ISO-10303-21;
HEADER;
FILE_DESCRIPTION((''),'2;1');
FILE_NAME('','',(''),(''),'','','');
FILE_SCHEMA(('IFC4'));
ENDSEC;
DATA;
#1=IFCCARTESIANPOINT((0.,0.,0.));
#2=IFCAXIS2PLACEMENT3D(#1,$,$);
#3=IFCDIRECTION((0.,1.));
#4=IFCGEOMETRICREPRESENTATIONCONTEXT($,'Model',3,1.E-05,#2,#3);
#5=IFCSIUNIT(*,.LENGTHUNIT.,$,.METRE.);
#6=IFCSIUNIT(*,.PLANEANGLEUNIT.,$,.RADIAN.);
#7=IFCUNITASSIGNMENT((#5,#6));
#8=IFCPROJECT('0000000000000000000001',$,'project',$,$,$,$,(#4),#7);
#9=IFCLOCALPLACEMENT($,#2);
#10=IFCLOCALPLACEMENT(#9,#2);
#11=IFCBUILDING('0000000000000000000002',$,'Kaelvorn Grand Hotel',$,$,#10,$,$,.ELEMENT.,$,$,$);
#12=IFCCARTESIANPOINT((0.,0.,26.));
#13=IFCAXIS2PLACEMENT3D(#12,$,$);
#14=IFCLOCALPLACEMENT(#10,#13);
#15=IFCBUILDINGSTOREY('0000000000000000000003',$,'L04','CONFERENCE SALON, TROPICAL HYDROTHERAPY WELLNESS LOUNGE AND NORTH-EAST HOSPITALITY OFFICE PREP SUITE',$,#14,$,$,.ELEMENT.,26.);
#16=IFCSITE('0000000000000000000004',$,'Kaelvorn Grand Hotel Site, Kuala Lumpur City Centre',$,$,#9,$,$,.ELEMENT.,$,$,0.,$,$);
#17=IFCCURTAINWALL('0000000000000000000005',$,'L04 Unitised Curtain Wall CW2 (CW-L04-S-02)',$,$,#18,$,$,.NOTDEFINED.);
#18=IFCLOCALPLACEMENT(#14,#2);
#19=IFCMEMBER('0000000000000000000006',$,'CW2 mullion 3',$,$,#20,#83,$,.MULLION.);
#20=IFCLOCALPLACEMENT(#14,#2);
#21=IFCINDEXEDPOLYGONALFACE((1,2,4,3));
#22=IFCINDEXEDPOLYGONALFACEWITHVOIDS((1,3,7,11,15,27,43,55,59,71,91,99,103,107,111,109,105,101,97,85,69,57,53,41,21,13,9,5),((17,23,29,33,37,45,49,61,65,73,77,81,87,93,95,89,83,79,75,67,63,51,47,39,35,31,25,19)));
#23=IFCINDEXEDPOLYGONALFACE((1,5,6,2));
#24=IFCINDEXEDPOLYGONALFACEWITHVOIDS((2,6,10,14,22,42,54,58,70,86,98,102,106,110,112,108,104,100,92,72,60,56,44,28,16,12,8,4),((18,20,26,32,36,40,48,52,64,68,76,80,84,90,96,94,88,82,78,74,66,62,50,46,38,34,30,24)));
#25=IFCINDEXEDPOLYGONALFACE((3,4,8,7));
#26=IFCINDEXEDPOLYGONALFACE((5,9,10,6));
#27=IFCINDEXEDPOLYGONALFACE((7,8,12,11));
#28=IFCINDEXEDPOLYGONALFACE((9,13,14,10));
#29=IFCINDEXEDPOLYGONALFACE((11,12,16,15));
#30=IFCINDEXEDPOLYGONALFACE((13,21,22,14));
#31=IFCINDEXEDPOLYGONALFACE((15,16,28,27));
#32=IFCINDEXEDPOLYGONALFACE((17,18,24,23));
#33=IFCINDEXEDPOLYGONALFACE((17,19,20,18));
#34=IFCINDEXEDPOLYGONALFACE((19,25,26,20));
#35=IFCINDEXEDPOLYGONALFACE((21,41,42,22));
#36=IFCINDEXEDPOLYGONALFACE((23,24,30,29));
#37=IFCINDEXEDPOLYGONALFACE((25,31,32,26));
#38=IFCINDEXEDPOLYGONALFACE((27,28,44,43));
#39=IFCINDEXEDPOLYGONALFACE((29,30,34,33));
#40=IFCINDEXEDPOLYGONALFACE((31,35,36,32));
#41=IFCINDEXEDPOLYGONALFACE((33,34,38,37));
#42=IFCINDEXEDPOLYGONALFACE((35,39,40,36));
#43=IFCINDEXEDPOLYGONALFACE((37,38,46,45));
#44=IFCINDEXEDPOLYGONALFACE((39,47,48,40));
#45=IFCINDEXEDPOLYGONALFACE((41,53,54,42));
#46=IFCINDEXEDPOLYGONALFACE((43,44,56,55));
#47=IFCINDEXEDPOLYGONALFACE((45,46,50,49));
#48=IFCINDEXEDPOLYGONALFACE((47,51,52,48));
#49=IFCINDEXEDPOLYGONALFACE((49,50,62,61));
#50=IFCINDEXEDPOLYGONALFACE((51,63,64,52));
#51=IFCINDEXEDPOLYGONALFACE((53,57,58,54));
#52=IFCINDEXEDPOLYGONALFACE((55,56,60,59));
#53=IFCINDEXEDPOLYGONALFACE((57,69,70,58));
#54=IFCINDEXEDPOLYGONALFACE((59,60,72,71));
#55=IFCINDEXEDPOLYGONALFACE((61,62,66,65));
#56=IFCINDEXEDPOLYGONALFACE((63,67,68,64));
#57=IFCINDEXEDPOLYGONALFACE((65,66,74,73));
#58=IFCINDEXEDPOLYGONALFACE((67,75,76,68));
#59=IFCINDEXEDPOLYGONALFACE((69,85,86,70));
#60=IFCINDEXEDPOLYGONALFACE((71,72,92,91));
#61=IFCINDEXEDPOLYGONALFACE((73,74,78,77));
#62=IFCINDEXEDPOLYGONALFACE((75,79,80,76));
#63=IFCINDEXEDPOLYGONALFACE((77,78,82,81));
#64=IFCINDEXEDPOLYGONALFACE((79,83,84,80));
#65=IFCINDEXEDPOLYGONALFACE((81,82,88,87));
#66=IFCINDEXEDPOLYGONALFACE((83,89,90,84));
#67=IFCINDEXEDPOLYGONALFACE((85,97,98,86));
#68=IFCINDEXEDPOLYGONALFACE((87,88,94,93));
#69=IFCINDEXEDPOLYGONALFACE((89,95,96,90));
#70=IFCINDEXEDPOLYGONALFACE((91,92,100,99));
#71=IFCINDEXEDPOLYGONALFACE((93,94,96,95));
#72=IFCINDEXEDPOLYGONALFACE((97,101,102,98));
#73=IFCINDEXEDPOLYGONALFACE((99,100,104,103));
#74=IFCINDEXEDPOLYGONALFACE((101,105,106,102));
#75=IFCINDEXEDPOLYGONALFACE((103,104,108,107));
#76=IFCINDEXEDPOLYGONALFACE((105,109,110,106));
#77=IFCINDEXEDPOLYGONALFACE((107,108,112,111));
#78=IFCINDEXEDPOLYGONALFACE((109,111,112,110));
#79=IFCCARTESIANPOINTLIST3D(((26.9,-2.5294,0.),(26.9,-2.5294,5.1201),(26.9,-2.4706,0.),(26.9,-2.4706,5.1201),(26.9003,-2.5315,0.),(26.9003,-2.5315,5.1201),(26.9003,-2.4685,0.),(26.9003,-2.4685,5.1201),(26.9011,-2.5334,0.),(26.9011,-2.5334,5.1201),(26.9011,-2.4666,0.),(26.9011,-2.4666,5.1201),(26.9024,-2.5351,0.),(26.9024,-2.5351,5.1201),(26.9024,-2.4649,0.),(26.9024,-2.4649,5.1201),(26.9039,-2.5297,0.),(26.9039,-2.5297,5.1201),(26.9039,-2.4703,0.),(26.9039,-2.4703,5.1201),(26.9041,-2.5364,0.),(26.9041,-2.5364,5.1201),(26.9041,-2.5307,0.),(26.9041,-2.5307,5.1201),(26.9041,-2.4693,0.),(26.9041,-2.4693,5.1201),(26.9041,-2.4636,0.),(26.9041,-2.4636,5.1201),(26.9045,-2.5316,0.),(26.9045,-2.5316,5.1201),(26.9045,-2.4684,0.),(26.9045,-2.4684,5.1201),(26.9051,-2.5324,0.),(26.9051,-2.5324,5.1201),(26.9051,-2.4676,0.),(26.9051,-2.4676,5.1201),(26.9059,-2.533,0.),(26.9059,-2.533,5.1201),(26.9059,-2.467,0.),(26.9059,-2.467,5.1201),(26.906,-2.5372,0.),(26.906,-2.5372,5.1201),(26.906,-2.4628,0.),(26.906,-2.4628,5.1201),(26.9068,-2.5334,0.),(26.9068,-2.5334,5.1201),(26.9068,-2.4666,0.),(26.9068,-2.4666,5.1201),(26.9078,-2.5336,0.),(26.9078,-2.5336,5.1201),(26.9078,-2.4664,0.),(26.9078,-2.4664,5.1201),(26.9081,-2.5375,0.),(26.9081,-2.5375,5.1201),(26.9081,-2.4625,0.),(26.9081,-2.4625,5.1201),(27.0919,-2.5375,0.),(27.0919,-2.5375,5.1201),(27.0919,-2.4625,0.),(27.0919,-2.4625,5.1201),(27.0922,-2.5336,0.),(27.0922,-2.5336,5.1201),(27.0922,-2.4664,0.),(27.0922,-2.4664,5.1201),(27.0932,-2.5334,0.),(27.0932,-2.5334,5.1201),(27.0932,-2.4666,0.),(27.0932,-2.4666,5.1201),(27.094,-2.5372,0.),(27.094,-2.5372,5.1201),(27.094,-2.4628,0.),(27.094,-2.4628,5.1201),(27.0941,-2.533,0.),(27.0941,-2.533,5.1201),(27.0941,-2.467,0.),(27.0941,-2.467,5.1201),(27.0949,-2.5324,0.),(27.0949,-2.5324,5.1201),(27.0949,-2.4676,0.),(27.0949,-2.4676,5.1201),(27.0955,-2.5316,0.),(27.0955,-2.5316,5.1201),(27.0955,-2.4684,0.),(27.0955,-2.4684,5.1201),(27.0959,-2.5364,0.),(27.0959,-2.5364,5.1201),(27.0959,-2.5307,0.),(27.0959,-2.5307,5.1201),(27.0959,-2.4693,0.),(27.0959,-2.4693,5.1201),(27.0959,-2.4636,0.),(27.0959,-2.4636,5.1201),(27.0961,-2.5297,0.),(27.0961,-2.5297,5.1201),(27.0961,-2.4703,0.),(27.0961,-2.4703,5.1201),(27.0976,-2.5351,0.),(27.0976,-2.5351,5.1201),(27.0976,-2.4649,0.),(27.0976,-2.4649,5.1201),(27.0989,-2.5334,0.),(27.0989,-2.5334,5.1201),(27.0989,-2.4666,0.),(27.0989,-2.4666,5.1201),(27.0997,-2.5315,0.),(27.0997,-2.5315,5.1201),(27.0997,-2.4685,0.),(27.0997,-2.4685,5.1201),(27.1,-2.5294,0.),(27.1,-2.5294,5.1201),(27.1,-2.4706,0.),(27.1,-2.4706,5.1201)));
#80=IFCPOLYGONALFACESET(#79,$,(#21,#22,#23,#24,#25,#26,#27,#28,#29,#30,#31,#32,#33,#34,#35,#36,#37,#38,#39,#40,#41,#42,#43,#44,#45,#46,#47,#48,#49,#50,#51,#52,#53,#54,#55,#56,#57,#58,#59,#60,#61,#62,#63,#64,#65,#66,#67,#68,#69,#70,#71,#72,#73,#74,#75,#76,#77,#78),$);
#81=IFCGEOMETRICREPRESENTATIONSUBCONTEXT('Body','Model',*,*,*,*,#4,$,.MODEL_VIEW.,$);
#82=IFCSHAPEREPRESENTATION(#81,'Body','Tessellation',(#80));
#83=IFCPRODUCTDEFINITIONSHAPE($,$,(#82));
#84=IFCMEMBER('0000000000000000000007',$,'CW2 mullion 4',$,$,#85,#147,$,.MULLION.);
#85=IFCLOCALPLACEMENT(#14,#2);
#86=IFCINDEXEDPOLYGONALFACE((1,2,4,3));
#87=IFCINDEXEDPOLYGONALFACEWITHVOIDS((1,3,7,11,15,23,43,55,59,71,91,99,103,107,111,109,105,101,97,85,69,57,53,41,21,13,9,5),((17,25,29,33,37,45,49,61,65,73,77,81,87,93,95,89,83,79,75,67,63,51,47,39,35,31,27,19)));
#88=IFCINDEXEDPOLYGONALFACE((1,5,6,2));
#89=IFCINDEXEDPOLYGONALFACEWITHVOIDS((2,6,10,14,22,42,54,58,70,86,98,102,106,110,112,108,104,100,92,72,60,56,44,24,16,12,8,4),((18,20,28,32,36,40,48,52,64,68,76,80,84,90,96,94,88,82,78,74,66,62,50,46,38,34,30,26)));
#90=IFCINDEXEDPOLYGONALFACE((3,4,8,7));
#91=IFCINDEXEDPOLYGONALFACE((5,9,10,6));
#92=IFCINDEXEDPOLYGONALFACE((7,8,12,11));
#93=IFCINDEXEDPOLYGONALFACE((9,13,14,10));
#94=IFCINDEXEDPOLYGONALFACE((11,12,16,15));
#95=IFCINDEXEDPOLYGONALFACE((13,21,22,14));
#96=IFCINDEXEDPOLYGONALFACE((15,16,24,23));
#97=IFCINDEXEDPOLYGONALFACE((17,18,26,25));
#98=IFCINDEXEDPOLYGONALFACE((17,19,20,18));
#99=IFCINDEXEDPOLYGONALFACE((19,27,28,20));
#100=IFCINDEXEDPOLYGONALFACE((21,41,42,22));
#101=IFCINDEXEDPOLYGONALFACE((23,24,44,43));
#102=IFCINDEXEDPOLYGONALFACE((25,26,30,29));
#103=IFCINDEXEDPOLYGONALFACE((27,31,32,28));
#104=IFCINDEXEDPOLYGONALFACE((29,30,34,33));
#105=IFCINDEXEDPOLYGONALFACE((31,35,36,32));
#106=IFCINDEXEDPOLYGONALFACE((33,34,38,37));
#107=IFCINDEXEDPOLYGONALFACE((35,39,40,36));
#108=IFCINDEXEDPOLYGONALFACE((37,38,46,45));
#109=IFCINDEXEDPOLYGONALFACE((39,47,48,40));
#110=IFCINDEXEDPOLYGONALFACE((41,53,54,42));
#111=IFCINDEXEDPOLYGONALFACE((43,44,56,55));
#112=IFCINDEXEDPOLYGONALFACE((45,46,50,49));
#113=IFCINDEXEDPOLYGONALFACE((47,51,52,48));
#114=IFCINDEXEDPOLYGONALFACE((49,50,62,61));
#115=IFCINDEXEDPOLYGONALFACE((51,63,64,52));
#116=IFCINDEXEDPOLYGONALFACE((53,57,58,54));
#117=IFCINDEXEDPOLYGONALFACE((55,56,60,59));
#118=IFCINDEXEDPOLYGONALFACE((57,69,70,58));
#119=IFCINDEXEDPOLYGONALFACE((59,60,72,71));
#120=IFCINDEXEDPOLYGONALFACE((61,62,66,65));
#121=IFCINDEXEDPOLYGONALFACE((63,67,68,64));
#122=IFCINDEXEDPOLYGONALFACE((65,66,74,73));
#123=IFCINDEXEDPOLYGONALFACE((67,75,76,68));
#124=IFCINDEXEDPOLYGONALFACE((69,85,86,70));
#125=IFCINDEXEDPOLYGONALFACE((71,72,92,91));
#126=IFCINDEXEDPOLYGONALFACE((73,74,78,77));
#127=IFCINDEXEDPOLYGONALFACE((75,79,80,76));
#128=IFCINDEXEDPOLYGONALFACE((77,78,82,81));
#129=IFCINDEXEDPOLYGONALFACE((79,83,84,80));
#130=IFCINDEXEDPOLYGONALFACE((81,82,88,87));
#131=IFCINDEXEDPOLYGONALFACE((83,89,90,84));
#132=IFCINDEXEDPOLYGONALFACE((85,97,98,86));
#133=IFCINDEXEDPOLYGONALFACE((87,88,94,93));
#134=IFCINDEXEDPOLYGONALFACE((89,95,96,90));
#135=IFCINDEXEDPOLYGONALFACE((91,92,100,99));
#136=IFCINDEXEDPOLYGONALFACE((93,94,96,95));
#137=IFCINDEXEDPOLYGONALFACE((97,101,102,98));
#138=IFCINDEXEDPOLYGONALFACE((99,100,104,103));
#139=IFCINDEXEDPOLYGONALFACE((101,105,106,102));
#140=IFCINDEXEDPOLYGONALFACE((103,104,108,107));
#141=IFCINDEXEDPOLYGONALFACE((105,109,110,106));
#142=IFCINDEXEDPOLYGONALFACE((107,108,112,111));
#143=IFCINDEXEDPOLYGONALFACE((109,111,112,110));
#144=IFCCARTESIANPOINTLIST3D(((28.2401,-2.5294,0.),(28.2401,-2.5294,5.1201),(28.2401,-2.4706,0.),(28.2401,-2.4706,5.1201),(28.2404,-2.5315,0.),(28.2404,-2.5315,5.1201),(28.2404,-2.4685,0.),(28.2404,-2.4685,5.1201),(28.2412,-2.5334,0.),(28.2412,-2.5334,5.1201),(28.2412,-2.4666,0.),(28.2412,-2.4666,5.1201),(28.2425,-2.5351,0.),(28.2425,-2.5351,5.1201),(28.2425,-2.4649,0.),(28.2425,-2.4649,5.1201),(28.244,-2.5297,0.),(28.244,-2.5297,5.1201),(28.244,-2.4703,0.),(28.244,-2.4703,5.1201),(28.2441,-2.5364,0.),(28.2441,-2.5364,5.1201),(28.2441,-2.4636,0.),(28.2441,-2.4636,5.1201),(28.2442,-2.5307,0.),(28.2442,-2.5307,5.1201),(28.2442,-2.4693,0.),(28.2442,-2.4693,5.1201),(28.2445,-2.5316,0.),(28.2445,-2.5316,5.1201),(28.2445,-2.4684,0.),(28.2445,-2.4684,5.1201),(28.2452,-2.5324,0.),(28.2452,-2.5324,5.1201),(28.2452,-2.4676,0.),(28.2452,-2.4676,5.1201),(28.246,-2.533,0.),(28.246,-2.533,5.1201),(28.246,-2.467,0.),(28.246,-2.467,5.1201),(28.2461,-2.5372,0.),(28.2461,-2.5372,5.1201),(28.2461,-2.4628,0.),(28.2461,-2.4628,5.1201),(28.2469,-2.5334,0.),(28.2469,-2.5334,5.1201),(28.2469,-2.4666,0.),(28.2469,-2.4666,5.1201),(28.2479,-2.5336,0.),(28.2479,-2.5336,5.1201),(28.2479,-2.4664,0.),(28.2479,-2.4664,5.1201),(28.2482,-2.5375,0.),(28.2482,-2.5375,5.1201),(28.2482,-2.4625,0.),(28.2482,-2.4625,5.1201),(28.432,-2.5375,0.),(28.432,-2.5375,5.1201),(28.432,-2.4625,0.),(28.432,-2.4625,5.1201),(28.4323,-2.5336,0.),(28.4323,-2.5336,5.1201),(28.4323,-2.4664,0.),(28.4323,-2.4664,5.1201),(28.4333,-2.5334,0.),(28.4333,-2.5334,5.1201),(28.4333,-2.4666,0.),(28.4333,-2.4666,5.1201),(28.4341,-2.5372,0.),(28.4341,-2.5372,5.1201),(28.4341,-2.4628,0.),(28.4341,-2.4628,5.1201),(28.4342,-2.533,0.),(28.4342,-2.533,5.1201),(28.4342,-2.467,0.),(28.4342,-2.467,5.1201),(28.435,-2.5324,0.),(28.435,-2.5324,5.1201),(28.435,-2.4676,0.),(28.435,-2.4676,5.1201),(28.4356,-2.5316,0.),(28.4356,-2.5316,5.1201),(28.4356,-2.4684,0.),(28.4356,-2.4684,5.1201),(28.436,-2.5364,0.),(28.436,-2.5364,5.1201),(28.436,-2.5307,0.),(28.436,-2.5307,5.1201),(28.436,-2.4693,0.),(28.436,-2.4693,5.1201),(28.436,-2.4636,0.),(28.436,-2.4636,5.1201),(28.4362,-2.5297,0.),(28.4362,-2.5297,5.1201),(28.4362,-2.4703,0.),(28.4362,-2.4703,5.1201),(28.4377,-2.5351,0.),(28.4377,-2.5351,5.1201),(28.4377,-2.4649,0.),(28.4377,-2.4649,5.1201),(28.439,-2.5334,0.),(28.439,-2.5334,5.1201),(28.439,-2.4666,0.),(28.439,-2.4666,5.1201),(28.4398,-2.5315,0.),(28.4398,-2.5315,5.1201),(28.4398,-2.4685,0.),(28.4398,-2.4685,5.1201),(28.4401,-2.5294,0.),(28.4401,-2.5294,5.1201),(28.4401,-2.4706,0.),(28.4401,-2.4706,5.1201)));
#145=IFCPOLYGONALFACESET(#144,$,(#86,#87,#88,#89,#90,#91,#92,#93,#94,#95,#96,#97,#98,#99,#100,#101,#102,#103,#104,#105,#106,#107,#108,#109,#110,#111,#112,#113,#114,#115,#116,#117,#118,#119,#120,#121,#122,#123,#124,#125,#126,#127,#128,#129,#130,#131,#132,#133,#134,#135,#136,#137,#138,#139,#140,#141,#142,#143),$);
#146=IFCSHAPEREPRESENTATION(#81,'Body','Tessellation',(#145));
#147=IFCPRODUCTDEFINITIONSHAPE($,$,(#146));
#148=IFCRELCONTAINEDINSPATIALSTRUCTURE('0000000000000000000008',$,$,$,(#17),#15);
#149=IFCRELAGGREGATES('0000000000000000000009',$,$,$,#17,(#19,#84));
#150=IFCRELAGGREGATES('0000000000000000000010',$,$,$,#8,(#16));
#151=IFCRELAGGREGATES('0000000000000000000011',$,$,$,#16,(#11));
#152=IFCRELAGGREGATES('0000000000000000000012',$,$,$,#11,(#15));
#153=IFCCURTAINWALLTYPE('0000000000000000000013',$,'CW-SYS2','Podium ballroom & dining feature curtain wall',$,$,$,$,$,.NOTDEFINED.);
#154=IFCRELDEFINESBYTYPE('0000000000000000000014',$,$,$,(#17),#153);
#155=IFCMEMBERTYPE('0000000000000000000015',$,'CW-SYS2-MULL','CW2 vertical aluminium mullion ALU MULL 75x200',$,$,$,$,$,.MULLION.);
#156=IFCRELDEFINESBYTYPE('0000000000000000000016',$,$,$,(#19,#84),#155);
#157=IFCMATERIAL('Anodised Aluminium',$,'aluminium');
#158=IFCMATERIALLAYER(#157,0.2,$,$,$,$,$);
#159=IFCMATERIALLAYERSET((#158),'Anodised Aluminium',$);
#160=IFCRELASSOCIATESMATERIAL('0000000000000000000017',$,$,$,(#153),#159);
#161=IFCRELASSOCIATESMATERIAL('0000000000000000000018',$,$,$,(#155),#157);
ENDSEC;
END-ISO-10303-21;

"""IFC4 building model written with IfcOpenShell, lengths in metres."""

from ifc_helpers import new_model, si_unit, direction, frame, origin, origin_2d, place, context, subcontext, project, spatial, hollow_rectangle, extrude, material, layer, layer_set, material_profile, profile_set, type_object, element, aggregate, save


model = new_model("IFC4")

# Units and contexts
model_context = context("Model", 3, precision=1e-05, world=origin(), true_north=direction((0.0, 1.0)))
body_context = subcontext(model_context, "Body", "Model", "MODEL_VIEW")
ifc_project = project(units=[si_unit("LENGTHUNIT", "METRE"), si_unit("PLANEANGLEUNIT", "RADIAN")], contexts=[model_context])

# Site, building, storey
site_placement = place(None, origin())
site = spatial("IfcSite", under=ifc_project, at=site_placement, Name="Kaelvorn Grand Hotel Site, Kuala Lumpur City Centre", CompositionType="ELEMENT", RefElevation=0.0)
building_placement = place(site_placement, origin())
building = spatial("IfcBuilding", under=site, at=building_placement, Name="Kaelvorn Grand Hotel", CompositionType="ELEMENT")
storey_placement = place(building_placement, frame((0.0, 0.0, 26.0)))
storey = spatial("IfcBuildingStorey", under=building, at=storey_placement, Name="L04", Description="CONFERENCE SALON, TROPICAL HYDROTHERAPY WELLNESS LOUNGE AND NORTH-EAST HOSPITALITY OFFICE PREP SUITE", CompositionType="ELEMENT", Elevation=26.0)

# Curtain wall, members
ifc_material_1 = material(Name="Anodised Aluminium", Category="aluminium")
ifc_layer_1 = layer(ifc_material_1, 0.2)
ifc_layer_set_1 = layer_set([ifc_layer_1], Name="Anodised Aluminium")
curtain_wall_type = type_object("IfcCurtainWallType", Name="CW-SYS2", Description="Podium ballroom & dining feature curtain wall", PredefinedType="NOTDEFINED", material=ifc_layer_set_1)
curtain_wall_1_placement = place(storey_placement, origin())
curtain_wall_1 = element("IfcCurtainWall", 1, at=curtain_wall_1_placement, inside=storey, type_object=curtain_wall_type, Name="L04 Unitised Curtain Wall CW2 (CW-L04-S-02)", PredefinedType="NOTDEFINED")
ifc_material_profile_1 = material_profile(ifc_material_1, hollow_rectangle(XDim=0.075, YDim=0.2, WallThickness=0.0039, InnerFilletRadius=0.0039, OuterFilletRadius=0.0081, at=origin_2d()), Name="ALU MULL 75x200")
ifc_profile_set_1 = profile_set([ifc_material_profile_1], Name="Anodised Aluminium")
member_type_1 = type_object("IfcMemberType", Name="CW-SYS2-MULL", Description="CW2 vertical aluminium mullion ALU MULL 75x200", PredefinedType="MULLION", material=ifc_profile_set_1)
member_1_placement = place(storey_placement, frame((27.0, -2.5, 0.0), z_axis=(0.0, 0.0, 1.0), x_axis=(0.0, 1.0, 0.0)))
member_1 = element("IfcMember", 2, at=member_1_placement, type_object=member_type_1, Name="CW2 mullion 3", PredefinedType="MULLION", context=body_context, shape_type="SweptSolid", body=[
    extrude(hollow_rectangle(XDim=0.075, YDim=0.2, WallThickness=0.0039, InnerFilletRadius=0.0039, OuterFilletRadius=0.0081, at=origin_2d()), origin(), (0.0, 0.0, 1.0), 5.1201),
])
member_2_placement = place(storey_placement, frame((28.3401, -2.5, 0.0), z_axis=(0.0, 0.0, 1.0), x_axis=(0.0, 1.0, 0.0)))
member_2 = element("IfcMember", 3, at=member_2_placement, type_object=member_type_1, Name="CW2 mullion 4", PredefinedType="MULLION", context=body_context, shape_type="SweptSolid", body=[
    extrude(hollow_rectangle(XDim=0.075, YDim=0.2, WallThickness=0.0039, InnerFilletRadius=0.0039, OuterFilletRadius=0.0081, at=origin_2d()), origin(), (0.0, 0.0, 1.0), 5.1201),
])

aggregate(curtain_wall_1, [member_1, member_2])

save(model, "model.ifc")
